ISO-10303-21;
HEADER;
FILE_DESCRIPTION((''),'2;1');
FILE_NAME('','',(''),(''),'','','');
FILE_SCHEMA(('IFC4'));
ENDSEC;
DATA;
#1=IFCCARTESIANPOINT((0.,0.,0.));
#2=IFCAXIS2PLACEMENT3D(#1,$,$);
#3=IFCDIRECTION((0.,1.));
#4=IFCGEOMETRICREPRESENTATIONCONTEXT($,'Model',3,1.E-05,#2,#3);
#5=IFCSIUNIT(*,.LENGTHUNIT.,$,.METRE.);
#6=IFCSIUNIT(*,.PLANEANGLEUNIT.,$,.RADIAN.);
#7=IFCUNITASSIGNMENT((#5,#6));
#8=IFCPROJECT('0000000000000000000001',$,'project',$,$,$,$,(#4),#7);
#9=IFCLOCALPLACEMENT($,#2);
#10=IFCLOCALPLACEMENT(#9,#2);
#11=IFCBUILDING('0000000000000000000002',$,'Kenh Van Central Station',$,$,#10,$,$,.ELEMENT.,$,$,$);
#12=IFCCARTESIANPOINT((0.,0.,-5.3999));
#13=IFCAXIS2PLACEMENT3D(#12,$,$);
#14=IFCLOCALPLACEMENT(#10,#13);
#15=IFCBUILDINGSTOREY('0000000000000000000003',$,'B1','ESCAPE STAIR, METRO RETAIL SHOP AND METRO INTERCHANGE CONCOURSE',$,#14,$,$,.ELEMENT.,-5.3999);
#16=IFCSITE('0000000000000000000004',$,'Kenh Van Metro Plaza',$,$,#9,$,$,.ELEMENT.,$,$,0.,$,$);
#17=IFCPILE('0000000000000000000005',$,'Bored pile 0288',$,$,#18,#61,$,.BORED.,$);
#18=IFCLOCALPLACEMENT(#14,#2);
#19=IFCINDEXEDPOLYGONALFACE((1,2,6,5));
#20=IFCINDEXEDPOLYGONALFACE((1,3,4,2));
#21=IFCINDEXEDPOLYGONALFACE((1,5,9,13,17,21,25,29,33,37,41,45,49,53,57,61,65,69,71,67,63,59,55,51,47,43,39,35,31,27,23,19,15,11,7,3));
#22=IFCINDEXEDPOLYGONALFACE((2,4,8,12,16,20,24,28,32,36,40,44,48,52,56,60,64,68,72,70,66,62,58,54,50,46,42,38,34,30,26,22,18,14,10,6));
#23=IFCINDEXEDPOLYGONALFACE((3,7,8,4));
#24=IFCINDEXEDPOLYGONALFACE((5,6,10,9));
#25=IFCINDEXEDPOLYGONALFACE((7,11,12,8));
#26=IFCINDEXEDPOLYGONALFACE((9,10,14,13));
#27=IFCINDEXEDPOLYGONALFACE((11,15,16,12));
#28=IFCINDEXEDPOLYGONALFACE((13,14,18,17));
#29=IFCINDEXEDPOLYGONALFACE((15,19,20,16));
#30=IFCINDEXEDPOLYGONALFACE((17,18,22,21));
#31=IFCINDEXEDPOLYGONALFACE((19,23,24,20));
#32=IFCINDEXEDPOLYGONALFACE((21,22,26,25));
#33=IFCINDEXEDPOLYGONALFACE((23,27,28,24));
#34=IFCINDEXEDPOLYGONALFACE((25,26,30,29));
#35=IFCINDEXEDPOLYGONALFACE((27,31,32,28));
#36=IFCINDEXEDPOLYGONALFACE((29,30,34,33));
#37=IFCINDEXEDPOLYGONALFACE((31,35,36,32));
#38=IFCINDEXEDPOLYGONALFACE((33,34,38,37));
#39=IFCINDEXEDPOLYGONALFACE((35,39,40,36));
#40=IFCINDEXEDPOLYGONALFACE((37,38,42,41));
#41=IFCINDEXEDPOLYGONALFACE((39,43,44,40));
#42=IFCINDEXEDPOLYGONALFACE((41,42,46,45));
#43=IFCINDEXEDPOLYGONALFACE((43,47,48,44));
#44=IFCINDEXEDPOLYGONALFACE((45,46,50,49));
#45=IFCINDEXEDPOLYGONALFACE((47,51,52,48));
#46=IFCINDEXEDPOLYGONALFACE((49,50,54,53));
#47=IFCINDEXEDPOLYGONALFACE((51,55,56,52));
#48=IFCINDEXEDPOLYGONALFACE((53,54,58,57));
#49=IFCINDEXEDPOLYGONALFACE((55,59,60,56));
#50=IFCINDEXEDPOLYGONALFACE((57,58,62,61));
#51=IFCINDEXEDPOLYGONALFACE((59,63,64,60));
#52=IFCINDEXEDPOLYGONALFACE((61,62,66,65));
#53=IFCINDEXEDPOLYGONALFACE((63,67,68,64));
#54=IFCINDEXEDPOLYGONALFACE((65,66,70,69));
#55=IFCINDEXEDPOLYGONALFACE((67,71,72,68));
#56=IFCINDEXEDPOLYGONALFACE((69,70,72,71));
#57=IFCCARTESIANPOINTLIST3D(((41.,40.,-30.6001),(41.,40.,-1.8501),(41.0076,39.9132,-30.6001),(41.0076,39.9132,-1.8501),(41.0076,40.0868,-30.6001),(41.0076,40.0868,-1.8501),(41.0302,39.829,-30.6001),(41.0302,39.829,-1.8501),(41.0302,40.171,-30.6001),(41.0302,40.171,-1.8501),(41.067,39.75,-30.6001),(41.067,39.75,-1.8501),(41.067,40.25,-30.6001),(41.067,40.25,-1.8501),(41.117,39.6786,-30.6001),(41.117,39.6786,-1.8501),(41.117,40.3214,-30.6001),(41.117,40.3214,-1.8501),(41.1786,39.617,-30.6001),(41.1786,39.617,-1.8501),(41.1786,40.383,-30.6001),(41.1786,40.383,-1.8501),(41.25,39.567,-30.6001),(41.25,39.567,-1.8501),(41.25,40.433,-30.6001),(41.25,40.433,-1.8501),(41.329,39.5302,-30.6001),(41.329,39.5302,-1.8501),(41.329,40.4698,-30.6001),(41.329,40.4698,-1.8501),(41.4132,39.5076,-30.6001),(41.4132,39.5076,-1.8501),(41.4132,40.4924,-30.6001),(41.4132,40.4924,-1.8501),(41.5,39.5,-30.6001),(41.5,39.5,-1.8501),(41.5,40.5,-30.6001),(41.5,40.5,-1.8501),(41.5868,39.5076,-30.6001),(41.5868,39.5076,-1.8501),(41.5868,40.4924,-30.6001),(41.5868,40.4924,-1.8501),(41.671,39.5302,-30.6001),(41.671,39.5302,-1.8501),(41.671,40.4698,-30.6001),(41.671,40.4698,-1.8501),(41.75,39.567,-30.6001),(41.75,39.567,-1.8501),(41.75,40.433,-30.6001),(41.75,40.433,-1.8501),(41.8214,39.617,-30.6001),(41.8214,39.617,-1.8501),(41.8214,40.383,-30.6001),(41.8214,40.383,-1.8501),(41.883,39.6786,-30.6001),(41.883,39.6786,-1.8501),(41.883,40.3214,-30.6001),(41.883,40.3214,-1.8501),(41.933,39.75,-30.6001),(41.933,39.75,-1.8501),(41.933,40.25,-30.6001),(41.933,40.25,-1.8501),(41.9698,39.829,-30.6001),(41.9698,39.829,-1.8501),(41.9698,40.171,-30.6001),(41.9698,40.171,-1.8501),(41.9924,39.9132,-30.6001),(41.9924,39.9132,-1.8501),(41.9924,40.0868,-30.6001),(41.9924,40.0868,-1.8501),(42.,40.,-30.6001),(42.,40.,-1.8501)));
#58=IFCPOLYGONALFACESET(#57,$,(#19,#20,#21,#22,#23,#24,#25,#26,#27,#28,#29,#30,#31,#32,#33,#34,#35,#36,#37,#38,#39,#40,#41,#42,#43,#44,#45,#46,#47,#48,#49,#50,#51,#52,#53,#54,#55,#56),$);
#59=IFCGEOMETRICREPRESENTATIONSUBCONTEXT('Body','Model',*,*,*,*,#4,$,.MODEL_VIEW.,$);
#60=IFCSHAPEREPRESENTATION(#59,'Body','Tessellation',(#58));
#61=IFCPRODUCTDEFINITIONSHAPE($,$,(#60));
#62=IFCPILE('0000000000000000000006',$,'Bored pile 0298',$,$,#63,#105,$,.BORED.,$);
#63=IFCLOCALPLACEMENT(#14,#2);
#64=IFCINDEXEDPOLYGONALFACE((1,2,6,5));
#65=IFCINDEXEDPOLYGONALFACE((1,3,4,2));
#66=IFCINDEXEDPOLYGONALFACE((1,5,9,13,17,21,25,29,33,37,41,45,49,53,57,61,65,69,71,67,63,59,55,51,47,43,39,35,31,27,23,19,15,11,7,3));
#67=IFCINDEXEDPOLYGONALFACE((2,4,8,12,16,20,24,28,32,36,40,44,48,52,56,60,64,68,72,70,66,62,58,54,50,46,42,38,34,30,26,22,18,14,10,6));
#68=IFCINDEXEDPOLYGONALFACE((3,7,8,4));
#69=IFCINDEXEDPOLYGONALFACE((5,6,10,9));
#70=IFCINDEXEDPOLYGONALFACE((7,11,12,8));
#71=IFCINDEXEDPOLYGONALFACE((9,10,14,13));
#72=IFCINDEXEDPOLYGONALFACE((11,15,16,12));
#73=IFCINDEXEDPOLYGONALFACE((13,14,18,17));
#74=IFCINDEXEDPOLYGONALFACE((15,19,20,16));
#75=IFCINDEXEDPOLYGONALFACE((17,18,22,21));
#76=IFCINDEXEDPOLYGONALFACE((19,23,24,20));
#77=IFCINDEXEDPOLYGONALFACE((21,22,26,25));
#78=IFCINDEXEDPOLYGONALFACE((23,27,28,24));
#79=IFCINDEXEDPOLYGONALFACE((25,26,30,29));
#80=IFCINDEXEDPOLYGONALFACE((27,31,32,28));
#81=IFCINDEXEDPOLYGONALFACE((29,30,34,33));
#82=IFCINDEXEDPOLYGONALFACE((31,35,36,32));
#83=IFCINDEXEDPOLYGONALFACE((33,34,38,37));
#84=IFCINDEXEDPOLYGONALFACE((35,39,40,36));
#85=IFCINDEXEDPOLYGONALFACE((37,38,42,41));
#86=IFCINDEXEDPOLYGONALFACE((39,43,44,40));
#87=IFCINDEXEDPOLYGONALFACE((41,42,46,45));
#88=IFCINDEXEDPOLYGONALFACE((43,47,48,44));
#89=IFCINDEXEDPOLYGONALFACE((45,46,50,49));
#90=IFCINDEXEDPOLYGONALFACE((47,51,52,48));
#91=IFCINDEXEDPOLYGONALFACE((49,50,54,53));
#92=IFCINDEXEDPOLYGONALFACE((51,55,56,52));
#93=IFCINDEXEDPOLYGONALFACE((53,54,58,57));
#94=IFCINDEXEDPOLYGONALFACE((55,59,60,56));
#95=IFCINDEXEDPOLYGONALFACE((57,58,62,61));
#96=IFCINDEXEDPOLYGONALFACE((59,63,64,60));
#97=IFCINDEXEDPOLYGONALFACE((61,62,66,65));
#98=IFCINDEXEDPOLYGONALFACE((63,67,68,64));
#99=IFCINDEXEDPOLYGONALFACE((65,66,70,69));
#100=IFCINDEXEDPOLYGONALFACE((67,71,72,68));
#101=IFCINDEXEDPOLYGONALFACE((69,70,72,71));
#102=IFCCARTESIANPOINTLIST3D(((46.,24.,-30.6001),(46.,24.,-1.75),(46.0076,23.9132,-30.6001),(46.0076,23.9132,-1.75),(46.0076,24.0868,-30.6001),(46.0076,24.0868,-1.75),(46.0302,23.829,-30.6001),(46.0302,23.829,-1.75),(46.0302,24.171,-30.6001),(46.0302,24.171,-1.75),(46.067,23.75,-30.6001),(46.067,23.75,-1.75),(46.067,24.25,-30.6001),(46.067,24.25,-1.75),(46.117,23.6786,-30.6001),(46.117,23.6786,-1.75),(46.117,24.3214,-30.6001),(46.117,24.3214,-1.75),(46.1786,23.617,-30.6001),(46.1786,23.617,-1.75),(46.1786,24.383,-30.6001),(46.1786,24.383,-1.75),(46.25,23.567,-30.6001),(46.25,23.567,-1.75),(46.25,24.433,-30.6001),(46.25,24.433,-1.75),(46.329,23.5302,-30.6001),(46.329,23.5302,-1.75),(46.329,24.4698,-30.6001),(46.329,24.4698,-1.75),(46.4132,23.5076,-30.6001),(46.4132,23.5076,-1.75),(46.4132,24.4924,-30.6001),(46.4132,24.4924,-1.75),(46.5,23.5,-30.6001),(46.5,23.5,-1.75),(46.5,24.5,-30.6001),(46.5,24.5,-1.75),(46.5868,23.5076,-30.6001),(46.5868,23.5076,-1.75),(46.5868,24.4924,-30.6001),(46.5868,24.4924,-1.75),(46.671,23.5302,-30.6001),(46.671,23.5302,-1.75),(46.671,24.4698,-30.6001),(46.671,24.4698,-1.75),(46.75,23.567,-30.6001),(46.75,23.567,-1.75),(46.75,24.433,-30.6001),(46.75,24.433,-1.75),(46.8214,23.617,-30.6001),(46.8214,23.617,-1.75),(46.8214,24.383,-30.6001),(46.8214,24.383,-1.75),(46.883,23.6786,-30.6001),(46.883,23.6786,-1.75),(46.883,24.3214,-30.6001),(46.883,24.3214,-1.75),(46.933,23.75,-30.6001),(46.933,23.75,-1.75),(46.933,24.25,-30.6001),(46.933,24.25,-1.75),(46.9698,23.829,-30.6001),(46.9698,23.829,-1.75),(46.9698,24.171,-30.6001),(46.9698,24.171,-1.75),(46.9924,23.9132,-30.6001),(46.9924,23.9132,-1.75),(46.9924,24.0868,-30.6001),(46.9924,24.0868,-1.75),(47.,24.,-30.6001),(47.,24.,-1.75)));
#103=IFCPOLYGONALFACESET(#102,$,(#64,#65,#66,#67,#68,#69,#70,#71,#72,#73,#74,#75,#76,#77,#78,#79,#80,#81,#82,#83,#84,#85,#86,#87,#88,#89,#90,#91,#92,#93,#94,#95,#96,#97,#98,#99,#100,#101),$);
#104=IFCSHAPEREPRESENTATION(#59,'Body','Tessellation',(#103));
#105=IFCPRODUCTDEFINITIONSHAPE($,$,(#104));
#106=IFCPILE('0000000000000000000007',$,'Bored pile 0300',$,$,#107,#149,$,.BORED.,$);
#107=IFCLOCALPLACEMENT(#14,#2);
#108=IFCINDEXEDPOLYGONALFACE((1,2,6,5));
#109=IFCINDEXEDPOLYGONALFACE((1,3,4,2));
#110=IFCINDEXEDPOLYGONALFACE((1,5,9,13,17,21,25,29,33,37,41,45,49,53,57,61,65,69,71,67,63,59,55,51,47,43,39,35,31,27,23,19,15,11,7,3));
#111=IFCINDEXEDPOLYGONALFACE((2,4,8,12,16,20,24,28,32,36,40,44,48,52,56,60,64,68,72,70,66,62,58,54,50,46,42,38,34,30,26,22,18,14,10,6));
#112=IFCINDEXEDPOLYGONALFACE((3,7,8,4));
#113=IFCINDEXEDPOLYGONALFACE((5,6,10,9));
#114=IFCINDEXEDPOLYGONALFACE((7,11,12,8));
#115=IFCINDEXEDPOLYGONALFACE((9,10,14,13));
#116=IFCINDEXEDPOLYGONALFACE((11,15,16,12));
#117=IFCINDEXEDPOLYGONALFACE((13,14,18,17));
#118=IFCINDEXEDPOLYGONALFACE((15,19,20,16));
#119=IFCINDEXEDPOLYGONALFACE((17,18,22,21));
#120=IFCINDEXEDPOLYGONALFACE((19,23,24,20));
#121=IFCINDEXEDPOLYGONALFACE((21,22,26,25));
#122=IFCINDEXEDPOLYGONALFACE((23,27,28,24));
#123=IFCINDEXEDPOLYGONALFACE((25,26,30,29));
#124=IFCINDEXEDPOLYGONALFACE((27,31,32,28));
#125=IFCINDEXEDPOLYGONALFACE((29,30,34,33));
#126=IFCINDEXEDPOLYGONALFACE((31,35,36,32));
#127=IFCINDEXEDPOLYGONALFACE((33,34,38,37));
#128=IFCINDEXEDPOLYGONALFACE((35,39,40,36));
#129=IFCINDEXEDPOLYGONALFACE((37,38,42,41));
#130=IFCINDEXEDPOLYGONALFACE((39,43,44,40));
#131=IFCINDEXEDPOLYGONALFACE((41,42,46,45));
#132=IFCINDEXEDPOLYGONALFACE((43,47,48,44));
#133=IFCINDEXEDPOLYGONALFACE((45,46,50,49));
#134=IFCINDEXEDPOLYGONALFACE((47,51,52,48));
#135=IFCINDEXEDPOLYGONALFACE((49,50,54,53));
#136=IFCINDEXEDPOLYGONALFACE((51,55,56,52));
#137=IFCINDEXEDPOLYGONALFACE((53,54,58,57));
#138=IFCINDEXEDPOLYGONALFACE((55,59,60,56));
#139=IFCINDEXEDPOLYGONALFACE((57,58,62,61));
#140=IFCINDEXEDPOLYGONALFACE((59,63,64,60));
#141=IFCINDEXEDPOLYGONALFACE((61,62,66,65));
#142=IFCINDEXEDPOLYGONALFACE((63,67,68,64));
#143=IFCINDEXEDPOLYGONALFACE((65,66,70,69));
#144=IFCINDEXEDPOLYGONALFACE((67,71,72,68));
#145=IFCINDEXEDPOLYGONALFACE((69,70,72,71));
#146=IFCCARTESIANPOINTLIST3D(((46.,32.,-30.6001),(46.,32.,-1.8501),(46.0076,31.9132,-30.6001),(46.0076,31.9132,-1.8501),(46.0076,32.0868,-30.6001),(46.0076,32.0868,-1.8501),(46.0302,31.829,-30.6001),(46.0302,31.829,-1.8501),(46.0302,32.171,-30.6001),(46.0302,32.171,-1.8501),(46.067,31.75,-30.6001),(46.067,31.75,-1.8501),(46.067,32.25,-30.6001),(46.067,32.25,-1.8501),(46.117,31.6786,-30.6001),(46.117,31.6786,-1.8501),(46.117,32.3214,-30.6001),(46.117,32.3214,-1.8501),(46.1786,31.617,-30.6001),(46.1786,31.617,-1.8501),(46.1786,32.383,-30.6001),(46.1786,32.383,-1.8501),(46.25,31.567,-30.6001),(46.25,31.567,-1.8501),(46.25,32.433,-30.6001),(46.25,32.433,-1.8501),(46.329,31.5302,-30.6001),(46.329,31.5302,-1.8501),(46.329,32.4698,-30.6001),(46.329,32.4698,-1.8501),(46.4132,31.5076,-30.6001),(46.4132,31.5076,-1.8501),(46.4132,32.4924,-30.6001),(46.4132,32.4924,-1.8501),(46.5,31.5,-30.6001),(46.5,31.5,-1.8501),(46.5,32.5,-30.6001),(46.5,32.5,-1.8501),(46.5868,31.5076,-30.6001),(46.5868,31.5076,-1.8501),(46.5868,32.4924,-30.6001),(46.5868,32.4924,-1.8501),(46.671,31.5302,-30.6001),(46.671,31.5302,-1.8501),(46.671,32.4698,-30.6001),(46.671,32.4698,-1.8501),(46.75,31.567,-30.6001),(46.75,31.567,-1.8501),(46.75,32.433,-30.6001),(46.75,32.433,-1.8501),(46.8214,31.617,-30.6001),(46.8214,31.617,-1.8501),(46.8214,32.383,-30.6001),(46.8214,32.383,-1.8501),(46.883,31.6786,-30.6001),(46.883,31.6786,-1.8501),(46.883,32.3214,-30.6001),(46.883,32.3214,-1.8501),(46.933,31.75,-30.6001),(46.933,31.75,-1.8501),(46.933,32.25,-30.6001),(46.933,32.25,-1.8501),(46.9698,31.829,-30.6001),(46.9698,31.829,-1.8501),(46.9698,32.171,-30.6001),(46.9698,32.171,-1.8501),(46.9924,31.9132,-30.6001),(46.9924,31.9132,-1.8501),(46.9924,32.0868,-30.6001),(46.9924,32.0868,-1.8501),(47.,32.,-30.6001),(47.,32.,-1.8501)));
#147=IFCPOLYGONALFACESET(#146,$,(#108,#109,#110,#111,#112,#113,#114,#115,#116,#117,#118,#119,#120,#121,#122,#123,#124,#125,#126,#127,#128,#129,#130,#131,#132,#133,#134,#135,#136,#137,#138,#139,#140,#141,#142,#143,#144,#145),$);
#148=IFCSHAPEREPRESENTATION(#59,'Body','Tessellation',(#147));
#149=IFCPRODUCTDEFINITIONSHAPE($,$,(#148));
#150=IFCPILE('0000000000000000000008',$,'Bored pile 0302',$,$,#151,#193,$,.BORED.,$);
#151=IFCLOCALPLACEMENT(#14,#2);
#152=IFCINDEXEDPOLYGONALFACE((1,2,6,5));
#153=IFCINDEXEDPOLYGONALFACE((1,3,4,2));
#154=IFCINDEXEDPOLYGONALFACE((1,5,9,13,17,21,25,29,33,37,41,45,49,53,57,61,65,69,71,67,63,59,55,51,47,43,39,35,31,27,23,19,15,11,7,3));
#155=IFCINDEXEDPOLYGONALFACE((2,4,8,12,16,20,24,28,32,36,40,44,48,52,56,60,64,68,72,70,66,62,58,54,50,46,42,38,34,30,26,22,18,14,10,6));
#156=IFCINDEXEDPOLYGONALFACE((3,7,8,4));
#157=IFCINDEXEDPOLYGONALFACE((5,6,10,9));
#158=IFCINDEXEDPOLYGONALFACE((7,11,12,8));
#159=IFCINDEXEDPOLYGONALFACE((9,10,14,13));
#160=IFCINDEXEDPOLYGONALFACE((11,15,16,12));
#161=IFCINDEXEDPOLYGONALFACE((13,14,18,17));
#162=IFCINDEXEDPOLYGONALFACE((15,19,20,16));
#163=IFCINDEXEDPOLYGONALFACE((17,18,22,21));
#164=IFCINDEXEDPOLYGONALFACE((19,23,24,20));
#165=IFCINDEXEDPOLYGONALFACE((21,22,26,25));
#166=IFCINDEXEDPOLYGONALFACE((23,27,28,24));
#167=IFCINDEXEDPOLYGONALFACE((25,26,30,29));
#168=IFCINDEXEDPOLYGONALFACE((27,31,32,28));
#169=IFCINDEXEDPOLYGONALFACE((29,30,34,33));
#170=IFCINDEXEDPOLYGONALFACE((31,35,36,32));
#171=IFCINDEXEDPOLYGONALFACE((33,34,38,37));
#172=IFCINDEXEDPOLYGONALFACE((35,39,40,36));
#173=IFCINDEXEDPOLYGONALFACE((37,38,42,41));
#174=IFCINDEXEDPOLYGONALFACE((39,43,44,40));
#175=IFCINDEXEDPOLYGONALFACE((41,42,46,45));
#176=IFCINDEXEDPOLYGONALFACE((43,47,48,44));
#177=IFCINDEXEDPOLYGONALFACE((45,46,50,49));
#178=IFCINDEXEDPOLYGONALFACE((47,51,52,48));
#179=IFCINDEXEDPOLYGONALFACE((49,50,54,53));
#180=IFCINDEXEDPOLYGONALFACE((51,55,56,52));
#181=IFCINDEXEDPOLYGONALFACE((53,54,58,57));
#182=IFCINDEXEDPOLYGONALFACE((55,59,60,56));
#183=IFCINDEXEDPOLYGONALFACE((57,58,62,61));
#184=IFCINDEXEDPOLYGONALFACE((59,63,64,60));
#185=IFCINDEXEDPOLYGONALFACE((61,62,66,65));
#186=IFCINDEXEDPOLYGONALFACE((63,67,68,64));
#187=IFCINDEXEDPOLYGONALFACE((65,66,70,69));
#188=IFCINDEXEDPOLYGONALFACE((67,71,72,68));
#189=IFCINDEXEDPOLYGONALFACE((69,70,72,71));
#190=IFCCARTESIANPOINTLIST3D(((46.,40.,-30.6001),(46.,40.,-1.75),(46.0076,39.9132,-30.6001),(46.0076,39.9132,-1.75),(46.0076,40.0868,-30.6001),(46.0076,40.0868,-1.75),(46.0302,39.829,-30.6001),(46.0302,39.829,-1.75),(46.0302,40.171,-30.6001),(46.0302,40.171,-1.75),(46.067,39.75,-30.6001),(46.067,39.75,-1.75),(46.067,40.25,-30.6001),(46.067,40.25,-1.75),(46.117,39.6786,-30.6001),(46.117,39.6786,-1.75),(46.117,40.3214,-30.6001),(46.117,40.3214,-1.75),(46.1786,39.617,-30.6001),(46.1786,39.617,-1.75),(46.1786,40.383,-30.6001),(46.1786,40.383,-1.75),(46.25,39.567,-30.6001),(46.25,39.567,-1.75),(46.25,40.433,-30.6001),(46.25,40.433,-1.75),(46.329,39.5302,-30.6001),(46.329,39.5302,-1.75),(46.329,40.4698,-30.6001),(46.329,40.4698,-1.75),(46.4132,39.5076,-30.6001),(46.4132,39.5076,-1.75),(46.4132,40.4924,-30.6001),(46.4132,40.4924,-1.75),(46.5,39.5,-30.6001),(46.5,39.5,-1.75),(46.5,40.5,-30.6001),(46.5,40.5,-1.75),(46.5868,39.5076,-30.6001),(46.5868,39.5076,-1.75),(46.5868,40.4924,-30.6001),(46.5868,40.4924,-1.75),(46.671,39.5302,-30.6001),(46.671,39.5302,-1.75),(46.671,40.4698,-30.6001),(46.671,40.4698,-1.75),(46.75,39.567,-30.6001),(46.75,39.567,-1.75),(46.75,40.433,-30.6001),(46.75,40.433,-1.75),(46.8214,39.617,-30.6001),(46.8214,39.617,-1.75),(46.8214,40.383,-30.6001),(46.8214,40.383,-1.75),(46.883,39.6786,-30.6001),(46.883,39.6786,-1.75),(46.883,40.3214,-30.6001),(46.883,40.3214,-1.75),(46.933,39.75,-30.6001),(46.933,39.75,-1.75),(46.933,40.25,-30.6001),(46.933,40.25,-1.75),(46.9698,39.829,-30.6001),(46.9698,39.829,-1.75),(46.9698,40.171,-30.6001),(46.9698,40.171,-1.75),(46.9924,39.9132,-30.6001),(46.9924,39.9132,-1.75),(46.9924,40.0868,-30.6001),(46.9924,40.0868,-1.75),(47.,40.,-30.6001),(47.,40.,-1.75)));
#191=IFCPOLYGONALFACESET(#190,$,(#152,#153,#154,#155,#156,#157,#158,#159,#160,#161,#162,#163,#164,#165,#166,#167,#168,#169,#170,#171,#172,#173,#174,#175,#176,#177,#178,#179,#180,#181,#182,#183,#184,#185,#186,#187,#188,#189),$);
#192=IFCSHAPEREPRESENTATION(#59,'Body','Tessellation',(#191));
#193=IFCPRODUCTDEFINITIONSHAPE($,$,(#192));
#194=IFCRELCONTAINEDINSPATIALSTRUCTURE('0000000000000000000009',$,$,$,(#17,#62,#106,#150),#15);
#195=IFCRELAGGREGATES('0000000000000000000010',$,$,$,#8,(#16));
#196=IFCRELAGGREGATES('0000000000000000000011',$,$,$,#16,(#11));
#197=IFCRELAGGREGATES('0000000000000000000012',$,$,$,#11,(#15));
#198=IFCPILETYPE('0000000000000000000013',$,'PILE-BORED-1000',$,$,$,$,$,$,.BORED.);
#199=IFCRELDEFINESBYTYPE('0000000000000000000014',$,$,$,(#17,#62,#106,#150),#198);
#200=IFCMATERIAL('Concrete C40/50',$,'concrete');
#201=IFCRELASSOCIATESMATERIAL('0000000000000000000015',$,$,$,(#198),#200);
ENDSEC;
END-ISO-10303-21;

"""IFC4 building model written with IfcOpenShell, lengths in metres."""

from ifc_helpers import new_model, si_unit, direction, frame, origin, origin_2d, place, context, subcontext, project, spatial, circle, extrude, material, material_profile, profile_set, type_object, element, save


model = new_model("IFC4")

# Units and contexts
model_context = context("Model", 3, precision=1e-05, world=origin(), true_north=direction((0.0, 1.0)))
body_context = subcontext(model_context, "Body", "Model", "MODEL_VIEW")
ifc_project = project(units=[si_unit("LENGTHUNIT", "METRE"), si_unit("PLANEANGLEUNIT", "RADIAN")], contexts=[model_context])

# Site, building, storey
site_placement = place(None, origin())
site = spatial("IfcSite", under=ifc_project, at=site_placement, Name="Kenh Van Metro Plaza", CompositionType="ELEMENT", RefElevation=0.0)
building_placement = place(site_placement, origin())
building = spatial("IfcBuilding", under=site, at=building_placement, Name="Kenh Van Central Station", CompositionType="ELEMENT")
storey_placement = place(building_placement, frame((0.0, 0.0, -5.3999)))
storey = spatial("IfcBuildingStorey", under=building, at=storey_placement, Name="B1", Description="ESCAPE STAIR, METRO RETAIL SHOP AND METRO INTERCHANGE CONCOURSE", CompositionType="ELEMENT", Elevation=-5.3999)

# Shared definitions
ifc_material_1 = material(Name="Concrete C40/50", Category="concrete")

# Piles
ifc_material_profile_1 = material_profile(ifc_material_1, circle(Radius=0.5, at=origin_2d()), Name="PILE D1000")
ifc_profile_set_1 = profile_set([ifc_material_profile_1], Name="Concrete C40/50")
pile_type = type_object("IfcPileType", Name="PILE-BORED-1000", PredefinedType="BORED", material=ifc_profile_set_1)
for number, where, z_axis, x_axis, name in (
    (1, (41.5, 40.0, -1.8501), (0.0, 0.0, -1.0), (1.0, 0.0, 0.0), "Bored pile 0288"),
):
    element("IfcPile", number, at=place(storey_placement, frame(where, z_axis=z_axis, x_axis=x_axis)), inside=storey, type_object=pile_type, Name=name, PredefinedType="BORED", context=body_context, shape_type="SweptSolid", body=[
        extrude(circle(Radius=0.5, at=origin_2d()), origin(), (0.0, 0.0, 1.0), 28.75),
    ])
pile_1_placement = place(storey_placement, frame((46.5, 24.0, -1.75), z_axis=(0.0, 0.0, -1.0), x_axis=(1.0, 0.0, 0.0)))
element("IfcPile", 2, at=pile_1_placement, inside=storey, type_object=pile_type, Name="Bored pile 0298", PredefinedType="BORED", context=body_context, shape_type="SweptSolid", body=[
    extrude(circle(Radius=0.5, at=origin_2d()), origin(), (0.0, 0.0, 1.0), 28.8501),
])
pile_2_placement = place(storey_placement, frame((46.5, 32.0, -1.8501), z_axis=(0.0, 0.0, -1.0), x_axis=(1.0, 0.0, 0.0)))
element("IfcPile", 3, at=pile_2_placement, inside=storey, type_object=pile_type, Name="Bored pile 0300", PredefinedType="BORED", context=body_context, shape_type="SweptSolid", body=[
    extrude(circle(Radius=0.5, at=origin_2d()), origin(), (0.0, 0.0, 1.0), 28.75),
])
pile_3_placement = place(storey_placement, frame((46.5, 40.0, -1.75), z_axis=(0.0, 0.0, -1.0), x_axis=(1.0, 0.0, 0.0)))
element("IfcPile", 4, at=pile_3_placement, inside=storey, type_object=pile_type, Name="Bored pile 0302", PredefinedType="BORED", context=body_context, shape_type="SweptSolid", body=[
    extrude(circle(Radius=0.5, at=origin_2d()), origin(), (0.0, 0.0, 1.0), 28.8501),
])

save(model, "model.ifc")
